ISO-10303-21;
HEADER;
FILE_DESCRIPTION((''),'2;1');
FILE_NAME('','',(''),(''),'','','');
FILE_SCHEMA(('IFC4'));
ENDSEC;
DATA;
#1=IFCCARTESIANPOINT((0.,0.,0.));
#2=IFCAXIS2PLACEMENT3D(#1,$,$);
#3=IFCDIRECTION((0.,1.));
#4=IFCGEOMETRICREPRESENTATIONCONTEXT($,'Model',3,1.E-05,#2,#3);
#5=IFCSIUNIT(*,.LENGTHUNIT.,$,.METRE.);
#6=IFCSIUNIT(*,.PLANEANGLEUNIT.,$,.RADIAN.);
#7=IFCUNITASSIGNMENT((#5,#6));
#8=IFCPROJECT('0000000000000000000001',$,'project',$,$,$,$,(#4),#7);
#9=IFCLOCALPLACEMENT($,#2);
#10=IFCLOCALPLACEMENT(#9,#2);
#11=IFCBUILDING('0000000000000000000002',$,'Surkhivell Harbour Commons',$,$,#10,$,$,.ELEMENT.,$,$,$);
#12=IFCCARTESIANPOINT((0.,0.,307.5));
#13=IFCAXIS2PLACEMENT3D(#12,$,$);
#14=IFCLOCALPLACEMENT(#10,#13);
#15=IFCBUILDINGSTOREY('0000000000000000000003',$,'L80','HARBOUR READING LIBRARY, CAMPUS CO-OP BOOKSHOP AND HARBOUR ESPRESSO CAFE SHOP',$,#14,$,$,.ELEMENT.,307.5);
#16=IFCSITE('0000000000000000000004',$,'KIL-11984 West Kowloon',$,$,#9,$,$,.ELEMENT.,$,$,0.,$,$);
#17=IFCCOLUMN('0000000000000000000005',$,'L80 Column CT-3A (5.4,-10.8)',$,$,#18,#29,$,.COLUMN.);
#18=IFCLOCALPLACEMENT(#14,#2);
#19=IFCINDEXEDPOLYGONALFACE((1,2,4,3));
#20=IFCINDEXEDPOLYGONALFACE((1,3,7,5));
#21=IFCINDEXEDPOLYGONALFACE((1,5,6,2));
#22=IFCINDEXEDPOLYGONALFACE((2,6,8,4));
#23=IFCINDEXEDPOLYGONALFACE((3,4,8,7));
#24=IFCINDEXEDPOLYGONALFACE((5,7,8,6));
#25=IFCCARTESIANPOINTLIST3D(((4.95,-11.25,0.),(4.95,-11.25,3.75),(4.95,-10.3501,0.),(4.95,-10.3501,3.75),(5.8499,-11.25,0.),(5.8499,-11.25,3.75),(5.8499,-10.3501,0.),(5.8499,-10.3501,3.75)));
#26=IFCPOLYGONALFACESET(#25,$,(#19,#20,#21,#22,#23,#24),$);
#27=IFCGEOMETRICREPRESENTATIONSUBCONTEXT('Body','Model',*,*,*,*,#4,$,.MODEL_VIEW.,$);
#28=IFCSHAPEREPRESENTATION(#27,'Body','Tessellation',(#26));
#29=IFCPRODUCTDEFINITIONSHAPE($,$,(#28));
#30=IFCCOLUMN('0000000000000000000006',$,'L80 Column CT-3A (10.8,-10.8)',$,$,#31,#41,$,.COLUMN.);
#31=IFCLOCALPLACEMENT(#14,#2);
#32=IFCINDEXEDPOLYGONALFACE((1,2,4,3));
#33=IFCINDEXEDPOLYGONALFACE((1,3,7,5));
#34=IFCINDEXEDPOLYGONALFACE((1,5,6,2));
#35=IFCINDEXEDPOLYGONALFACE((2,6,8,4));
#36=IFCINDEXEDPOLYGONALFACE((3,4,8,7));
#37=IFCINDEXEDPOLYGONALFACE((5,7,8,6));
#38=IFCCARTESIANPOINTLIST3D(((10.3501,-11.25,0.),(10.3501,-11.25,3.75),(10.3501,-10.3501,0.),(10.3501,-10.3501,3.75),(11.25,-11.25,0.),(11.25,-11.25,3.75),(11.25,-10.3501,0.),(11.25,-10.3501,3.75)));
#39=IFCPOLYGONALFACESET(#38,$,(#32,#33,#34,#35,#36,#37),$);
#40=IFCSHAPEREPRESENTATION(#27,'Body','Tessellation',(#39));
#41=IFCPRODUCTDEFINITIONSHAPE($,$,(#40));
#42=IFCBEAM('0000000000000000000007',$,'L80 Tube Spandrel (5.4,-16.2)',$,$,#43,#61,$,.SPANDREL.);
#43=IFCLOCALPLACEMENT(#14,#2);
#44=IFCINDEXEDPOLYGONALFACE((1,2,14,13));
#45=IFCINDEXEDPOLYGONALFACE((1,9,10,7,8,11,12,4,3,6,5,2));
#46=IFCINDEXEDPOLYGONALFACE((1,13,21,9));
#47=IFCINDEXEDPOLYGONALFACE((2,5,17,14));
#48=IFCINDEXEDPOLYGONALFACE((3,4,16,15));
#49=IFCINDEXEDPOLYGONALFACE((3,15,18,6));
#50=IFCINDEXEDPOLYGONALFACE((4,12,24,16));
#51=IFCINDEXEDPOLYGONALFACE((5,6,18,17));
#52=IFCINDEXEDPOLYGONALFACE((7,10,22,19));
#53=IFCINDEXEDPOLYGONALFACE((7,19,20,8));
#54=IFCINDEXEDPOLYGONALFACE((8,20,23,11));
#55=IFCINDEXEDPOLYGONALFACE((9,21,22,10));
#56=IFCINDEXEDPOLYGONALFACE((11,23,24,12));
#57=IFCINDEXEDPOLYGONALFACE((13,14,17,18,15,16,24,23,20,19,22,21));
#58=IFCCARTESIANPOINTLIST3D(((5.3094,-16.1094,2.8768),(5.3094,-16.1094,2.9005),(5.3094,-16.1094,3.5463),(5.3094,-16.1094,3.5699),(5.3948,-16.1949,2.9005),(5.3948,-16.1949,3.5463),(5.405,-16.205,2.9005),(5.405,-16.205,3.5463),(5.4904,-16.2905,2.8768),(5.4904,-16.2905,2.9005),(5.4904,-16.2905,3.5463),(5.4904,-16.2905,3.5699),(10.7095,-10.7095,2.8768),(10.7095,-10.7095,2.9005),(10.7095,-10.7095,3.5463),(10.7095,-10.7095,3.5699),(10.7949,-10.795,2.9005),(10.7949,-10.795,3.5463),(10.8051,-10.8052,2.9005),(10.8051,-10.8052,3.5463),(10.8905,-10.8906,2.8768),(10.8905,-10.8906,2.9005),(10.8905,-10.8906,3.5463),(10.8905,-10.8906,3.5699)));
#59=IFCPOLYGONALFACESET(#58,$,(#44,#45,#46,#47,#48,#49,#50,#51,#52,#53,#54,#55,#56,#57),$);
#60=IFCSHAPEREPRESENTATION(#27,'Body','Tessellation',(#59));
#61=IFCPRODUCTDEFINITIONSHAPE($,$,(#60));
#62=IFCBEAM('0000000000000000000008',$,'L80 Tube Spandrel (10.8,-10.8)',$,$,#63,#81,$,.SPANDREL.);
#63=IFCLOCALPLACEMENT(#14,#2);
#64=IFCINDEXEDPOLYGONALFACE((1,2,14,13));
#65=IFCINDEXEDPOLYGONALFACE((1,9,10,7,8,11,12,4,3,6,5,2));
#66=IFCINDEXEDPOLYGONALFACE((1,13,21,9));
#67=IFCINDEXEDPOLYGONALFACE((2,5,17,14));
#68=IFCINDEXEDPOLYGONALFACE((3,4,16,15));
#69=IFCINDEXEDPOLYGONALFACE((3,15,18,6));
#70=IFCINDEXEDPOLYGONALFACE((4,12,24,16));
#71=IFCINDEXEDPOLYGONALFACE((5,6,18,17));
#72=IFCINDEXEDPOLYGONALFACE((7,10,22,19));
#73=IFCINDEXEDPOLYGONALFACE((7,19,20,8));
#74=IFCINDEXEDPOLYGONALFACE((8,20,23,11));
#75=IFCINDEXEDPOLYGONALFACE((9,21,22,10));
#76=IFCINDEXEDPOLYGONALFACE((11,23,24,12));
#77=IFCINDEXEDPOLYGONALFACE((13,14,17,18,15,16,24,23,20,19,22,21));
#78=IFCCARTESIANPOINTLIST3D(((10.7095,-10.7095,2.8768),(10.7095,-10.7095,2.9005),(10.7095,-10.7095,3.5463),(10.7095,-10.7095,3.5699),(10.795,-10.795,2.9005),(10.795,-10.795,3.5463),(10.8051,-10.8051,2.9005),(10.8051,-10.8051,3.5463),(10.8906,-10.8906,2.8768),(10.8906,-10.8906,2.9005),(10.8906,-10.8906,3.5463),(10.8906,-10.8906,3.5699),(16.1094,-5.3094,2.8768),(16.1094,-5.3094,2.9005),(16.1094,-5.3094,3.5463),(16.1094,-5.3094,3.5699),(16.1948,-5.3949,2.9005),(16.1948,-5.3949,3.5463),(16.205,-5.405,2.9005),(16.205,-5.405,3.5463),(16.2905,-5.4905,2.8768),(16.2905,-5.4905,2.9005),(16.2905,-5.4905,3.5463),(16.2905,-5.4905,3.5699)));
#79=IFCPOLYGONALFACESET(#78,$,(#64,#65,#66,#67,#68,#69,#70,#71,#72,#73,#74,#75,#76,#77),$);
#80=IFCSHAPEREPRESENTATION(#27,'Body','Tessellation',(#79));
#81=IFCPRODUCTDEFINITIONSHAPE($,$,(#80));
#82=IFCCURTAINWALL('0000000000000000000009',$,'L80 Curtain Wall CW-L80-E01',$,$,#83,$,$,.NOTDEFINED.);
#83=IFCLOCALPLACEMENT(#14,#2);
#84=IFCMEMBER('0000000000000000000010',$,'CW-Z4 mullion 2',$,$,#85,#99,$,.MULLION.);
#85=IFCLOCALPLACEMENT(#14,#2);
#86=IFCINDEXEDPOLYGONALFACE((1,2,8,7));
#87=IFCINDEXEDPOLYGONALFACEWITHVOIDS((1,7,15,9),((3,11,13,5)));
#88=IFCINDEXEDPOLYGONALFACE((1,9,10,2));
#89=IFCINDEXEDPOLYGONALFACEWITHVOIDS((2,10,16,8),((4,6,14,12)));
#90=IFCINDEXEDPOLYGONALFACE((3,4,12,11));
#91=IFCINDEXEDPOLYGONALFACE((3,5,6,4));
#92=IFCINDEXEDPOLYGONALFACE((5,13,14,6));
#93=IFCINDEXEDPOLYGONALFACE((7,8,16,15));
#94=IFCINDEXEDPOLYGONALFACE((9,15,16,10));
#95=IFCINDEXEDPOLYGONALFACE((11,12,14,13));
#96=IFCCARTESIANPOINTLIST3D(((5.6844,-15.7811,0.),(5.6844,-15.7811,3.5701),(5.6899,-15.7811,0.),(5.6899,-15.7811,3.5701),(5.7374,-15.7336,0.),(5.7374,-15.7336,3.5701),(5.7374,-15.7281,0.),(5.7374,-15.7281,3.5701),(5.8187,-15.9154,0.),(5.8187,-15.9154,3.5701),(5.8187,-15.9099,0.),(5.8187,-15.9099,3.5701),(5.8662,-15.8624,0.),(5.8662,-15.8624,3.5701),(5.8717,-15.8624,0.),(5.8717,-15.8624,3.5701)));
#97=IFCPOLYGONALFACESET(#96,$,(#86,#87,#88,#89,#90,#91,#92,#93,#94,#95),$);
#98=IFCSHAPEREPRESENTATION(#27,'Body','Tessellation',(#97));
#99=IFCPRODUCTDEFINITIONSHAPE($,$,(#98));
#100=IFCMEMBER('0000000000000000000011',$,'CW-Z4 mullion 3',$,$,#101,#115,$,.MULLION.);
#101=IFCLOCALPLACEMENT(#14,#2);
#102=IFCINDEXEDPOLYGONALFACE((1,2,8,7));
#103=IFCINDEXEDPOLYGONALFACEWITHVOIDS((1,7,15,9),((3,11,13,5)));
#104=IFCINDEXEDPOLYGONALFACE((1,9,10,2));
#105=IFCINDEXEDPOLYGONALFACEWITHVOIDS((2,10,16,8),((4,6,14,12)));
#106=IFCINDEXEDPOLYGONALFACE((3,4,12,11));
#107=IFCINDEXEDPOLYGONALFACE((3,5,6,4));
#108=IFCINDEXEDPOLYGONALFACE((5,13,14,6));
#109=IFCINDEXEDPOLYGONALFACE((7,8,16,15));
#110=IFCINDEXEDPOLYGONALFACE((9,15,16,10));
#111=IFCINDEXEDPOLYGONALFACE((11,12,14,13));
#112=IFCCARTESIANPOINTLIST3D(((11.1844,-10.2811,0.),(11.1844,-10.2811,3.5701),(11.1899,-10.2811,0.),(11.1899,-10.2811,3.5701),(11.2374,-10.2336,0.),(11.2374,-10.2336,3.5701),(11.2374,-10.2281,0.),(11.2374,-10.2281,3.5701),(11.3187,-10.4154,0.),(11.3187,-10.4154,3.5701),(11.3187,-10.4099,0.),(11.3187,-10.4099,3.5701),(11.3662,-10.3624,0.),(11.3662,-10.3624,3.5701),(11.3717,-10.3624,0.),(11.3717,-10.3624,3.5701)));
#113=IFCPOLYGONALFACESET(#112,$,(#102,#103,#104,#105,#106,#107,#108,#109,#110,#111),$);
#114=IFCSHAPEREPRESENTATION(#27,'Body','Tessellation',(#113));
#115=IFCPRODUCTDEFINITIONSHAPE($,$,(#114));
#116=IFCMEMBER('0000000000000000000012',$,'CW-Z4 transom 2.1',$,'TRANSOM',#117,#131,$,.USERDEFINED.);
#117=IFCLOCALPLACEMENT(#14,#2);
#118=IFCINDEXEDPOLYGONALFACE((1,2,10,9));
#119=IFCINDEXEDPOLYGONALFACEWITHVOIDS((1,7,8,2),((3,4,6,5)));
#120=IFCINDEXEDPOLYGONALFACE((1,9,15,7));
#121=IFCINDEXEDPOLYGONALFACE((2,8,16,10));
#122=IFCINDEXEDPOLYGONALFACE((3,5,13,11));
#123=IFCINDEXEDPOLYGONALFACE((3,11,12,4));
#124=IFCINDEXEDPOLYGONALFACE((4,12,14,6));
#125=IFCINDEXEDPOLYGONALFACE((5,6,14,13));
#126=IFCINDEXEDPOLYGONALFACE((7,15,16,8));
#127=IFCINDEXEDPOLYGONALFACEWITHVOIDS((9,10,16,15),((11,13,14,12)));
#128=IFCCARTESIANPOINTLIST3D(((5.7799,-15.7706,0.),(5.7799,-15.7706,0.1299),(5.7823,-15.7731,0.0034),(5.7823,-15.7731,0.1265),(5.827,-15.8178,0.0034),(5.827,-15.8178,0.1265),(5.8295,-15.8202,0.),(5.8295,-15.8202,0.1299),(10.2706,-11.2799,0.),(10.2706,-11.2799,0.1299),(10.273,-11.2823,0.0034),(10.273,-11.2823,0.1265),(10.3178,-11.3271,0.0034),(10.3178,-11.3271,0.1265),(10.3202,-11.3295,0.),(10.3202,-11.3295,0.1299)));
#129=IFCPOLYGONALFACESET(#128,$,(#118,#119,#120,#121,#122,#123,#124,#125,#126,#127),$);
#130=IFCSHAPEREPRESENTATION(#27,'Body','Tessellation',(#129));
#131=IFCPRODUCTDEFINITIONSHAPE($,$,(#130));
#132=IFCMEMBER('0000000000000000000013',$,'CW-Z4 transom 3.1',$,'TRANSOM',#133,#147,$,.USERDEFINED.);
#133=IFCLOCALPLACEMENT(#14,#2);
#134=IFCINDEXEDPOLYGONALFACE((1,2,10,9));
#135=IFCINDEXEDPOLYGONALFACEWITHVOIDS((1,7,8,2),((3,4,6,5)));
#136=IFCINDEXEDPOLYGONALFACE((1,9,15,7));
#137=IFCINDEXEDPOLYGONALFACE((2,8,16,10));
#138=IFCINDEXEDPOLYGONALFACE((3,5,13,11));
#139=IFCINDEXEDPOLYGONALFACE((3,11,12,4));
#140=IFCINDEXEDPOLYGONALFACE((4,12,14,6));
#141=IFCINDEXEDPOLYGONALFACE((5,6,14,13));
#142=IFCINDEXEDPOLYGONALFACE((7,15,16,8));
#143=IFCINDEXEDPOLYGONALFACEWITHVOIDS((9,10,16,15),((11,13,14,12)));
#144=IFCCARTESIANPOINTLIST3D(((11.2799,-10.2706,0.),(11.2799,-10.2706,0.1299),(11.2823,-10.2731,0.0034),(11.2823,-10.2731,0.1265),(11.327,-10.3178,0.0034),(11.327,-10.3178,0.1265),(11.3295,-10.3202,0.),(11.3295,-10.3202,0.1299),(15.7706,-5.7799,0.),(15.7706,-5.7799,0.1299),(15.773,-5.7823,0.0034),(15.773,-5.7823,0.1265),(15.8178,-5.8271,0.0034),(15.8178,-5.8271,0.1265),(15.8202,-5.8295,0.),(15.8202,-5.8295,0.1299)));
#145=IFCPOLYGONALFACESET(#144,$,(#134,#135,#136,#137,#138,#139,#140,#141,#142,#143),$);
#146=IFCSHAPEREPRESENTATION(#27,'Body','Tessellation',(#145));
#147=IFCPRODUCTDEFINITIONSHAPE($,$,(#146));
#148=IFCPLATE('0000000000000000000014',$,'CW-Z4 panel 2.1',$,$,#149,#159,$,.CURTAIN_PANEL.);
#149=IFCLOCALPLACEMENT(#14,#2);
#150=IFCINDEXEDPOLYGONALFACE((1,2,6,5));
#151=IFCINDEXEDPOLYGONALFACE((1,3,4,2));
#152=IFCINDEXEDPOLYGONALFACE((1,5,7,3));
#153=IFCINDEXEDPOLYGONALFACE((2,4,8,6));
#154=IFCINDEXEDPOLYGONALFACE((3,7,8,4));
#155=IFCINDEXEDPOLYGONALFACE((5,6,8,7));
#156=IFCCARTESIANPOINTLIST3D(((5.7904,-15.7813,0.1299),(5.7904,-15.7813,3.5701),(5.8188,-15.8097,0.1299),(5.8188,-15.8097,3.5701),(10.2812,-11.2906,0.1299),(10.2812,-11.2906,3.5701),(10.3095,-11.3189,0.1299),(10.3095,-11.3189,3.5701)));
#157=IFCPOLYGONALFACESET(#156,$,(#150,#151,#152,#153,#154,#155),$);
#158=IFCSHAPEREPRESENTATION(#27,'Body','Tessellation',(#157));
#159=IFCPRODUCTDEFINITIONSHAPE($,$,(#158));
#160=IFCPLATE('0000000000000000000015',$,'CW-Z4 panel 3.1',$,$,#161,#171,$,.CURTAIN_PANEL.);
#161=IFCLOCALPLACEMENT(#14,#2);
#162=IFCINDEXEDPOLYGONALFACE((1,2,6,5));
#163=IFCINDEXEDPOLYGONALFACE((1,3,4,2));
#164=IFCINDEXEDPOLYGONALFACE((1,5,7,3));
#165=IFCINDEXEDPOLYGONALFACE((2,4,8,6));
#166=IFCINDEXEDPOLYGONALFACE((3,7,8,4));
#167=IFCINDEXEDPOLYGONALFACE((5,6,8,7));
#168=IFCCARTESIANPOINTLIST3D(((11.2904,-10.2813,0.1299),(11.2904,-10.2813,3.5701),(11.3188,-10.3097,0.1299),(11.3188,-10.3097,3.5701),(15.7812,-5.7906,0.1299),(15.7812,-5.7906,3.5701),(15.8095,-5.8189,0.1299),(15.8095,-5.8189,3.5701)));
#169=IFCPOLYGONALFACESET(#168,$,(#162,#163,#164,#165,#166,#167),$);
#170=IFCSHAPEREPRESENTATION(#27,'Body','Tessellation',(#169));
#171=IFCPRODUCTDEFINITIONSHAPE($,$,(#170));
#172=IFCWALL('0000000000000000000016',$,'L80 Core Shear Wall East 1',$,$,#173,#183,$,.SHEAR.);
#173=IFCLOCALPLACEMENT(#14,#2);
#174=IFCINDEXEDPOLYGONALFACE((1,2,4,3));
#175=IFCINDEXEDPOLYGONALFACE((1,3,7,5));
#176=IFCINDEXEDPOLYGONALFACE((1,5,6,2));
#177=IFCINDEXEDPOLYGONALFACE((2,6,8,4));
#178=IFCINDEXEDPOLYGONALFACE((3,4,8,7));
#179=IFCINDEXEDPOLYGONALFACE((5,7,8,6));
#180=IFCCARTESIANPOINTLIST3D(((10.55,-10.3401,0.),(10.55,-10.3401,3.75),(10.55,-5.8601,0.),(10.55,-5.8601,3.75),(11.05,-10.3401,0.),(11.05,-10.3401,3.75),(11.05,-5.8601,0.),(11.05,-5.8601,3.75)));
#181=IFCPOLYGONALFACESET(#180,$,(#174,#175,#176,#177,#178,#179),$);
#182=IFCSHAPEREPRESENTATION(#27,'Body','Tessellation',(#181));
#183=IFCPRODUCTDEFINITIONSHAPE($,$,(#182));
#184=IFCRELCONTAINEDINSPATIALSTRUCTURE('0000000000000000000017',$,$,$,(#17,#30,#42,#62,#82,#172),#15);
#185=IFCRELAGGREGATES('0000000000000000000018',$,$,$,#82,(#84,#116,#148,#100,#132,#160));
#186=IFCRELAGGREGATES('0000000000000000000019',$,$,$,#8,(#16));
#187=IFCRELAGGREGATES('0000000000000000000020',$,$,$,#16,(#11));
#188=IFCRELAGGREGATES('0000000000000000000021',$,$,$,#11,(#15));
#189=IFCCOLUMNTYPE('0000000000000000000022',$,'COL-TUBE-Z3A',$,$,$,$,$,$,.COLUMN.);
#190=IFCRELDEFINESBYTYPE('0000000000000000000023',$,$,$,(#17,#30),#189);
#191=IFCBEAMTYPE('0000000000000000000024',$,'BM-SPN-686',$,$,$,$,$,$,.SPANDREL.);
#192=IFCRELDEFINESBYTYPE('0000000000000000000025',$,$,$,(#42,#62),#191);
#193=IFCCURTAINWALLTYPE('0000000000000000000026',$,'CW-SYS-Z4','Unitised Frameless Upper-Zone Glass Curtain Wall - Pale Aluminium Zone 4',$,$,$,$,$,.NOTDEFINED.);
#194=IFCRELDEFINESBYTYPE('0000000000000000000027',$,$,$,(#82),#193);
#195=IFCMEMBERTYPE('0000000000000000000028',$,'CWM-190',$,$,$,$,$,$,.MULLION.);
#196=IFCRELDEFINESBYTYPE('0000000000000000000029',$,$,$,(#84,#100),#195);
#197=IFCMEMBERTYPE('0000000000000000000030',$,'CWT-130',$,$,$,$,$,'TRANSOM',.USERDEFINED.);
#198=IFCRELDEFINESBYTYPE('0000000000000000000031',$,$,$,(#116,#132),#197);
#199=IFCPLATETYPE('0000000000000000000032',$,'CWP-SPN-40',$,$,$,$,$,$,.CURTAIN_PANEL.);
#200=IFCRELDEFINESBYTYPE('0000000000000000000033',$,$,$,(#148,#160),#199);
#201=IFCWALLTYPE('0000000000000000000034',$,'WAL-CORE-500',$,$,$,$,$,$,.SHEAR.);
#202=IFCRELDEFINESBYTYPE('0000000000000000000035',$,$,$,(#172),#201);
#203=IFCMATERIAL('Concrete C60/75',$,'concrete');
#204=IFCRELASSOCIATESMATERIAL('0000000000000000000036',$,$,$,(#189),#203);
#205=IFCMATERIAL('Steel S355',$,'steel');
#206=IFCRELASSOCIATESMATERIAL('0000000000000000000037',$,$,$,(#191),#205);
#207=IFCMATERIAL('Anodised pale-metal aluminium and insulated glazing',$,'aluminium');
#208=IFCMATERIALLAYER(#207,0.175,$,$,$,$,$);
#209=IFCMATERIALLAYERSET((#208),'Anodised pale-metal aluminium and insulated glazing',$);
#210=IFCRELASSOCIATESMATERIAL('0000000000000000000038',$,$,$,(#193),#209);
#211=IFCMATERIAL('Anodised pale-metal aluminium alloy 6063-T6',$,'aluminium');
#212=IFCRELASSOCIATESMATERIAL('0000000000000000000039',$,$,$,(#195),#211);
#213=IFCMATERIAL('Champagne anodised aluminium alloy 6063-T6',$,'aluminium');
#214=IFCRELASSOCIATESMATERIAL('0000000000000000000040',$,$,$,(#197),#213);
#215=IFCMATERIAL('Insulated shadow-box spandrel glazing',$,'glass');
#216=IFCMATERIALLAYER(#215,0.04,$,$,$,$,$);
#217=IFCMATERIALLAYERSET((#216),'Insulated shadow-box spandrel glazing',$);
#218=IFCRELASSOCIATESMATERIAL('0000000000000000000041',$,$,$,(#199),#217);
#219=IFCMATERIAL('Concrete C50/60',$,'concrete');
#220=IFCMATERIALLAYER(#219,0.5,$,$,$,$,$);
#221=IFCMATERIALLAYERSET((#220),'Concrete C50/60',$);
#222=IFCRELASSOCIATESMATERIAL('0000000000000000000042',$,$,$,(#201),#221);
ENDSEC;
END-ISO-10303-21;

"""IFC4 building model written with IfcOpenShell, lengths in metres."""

from ifc_helpers import new_model, si_unit, direction, frame, frame_2d, origin, origin_2d, place, context, subcontext, project, spatial, rectangle, hollow_rectangle, i_section, extrude, material, layer, layer_set, material_profile, profile_set, type_object, element, aggregate, save


model = new_model("IFC4")

# Units and contexts
model_context = context("Model", 3, precision=1e-05, world=origin(), true_north=direction((0.0, 1.0)))
body_context = subcontext(model_context, "Body", "Model", "MODEL_VIEW")
ifc_project = project(units=[si_unit("LENGTHUNIT", "METRE"), si_unit("PLANEANGLEUNIT", "RADIAN")], contexts=[model_context])

# Site, building, storey
site_placement = place(None, origin())
site = spatial("IfcSite", under=ifc_project, at=site_placement, Name="KIL-11984 West Kowloon", CompositionType="ELEMENT", RefElevation=0.0)
building_placement = place(site_placement, origin())
building = spatial("IfcBuilding", under=site, at=building_placement, Name="Surkhivell Harbour Commons", CompositionType="ELEMENT")
storey_placement = place(building_placement, frame((0.0, 0.0, 307.5)))
storey = spatial("IfcBuildingStorey", under=building, at=storey_placement, Name="L80", Description="HARBOUR READING LIBRARY, CAMPUS CO-OP BOOKSHOP AND HARBOUR ESPRESSO CAFE SHOP", CompositionType="ELEMENT", Elevation=307.5)

# Columns
ifc_material_1 = material(Name="Concrete C60/75", Category="concrete")
ifc_material_profile_1 = material_profile(ifc_material_1, rectangle(XDim=0.8999, YDim=0.8999, at=origin_2d()), Name="RC-COL-900x900")
ifc_profile_set_1 = profile_set([ifc_material_profile_1], Name="Concrete C60/75")
column_type = type_object("IfcColumnType", Name="COL-TUBE-Z3A", PredefinedType="COLUMN", material=ifc_profile_set_1)
for number, where, z_axis, x_axis, name in (
    (1, (5.3999, -10.8, 0.0), (0.0, 0.0, 1.0), (1.0, 0.0, 0.0), "L80 Column CT-3A (5.4,-10.8)"),
    (2, (10.8, -10.8, 0.0), (0.0, 0.0, 1.0), (1.0, 0.0, 0.0), "L80 Column CT-3A (10.8,-10.8)"),
):
    element("IfcColumn", number, at=place(storey_placement, frame(where, z_axis=z_axis, x_axis=x_axis)), inside=storey, type_object=column_type, Name=name, PredefinedType="COLUMN", context=body_context, shape_type="SweptSolid", body=[
        extrude(rectangle(XDim=0.8999, YDim=0.8999, at=origin_2d()), origin(), (0.0, 0.0, 1.0), 3.75),
    ])

# Beams
ifc_material_2 = material(Name="Steel S355", Category="steel")
ifc_material_profile_2 = material_profile(ifc_material_2, i_section(OverallWidth=0.2561, OverallDepth=0.6931, WebThickness=0.0144, FlangeThickness=0.0237, at=origin_2d()), Name="UB686x254x170")
ifc_profile_set_2 = profile_set([ifc_material_profile_2], Name="Steel S355")
beam_type = type_object("IfcBeamType", Name="BM-SPN-686", PredefinedType="SPANDREL", material=ifc_profile_set_2)
for number, where, z_axis, x_axis, name in (
    (3, (5.3999, -16.2, 3.2234), (0.707123, 0.707091, 0.0), (-0.707091, 0.707123, 0.0), "L80 Tube Spandrel (5.4,-16.2)"),
    (4, (10.8, -10.8, 3.2234), (0.707091, 0.707123, 0.0), (-0.707123, 0.707091, 0.0), "L80 Tube Spandrel (10.8,-10.8)"),
):
    element("IfcBeam", number, at=place(storey_placement, frame(where, z_axis=z_axis, x_axis=x_axis)), inside=storey, type_object=beam_type, Name=name, PredefinedType="SPANDREL", context=body_context, shape_type="SweptSolid", body=[
        extrude(i_section(OverallWidth=0.2561, OverallDepth=0.6931, WebThickness=0.0144, FlangeThickness=0.0237, at=origin_2d()), origin(), (0.0, 0.0, 1.0), 7.6367),
    ])

# Curtain wall, members, plates
ifc_material_3 = material(Name="Anodised pale-metal aluminium and insulated glazing", Category="aluminium")
ifc_layer_1 = layer(ifc_material_3, 0.175)
ifc_layer_set_1 = layer_set([ifc_layer_1], Name="Anodised pale-metal aluminium and insulated glazing")
curtain_wall_type = type_object("IfcCurtainWallType", Name="CW-SYS-Z4", Description="Unitised Frameless Upper-Zone Glass Curtain Wall - Pale Aluminium Zone 4", PredefinedType="NOTDEFINED", material=ifc_layer_set_1)
curtain_wall_placement = place(storey_placement, origin())
curtain_wall = element("IfcCurtainWall", 5, at=curtain_wall_placement, inside=storey, type_object=curtain_wall_type, Name="L80 Curtain Wall CW-L80-E01", PredefinedType="NOTDEFINED")
ifc_material_4 = material(Name="Anodised pale-metal aluminium alloy 6063-T6", Category="aluminium")
ifc_material_profile_3 = material_profile(ifc_material_4, hollow_rectangle(XDim=0.075, YDim=0.1899, WallThickness=0.0039, at=origin_2d()), Name="ALU-MULL-75x190")
ifc_profile_set_3 = profile_set([ifc_material_profile_3], Name="Anodised pale-metal aluminium alloy 6063-T6")
member_type_1 = type_object("IfcMemberType", Name="CWM-190", PredefinedType="MULLION", material=ifc_profile_set_3)
member_1_placement = place(storey_placement, frame((5.7781, -15.8218, 0.0), z_axis=(0.0, 0.0, 1.0), x_axis=(0.707107, 0.707107, 0.0)))
member_1 = element("IfcMember", 6, at=member_1_placement, type_object=member_type_1, Name="CW-Z4 mullion 2", PredefinedType="MULLION", context=body_context, shape_type="SweptSolid", body=[
    extrude(hollow_rectangle(XDim=0.075, YDim=0.1899, WallThickness=0.0039, at=origin_2d()), origin(), (0.0, 0.0, 1.0), 3.5701),
])
member_2_placement = place(storey_placement, frame((11.2781, -10.3218, 0.0), z_axis=(0.0, 0.0, 1.0), x_axis=(0.707107, 0.707107, 0.0)))
member_2 = element("IfcMember", 7, at=member_2_placement, type_object=member_type_1, Name="CW-Z4 mullion 3", PredefinedType="MULLION", context=body_context, shape_type="SweptSolid", body=[
    extrude(hollow_rectangle(XDim=0.075, YDim=0.1899, WallThickness=0.0039, at=origin_2d()), origin(), (0.0, 0.0, 1.0), 3.5701),
])
ifc_material_5 = material(Name="Champagne anodised aluminium alloy 6063-T6", Category="aluminium")
ifc_material_profile_4 = material_profile(ifc_material_5, hollow_rectangle(XDim=0.0701, YDim=0.1299, WallThickness=0.0034, at=origin_2d()), Name="ALU-TRAN-70x130")
ifc_profile_set_4 = profile_set([ifc_material_profile_4], Name="Champagne anodised aluminium alloy 6063-T6")
member_type_2 = type_object("IfcMemberType", Name="CWT-130", ElementType="TRANSOM", PredefinedType="USERDEFINED", material=ifc_profile_set_4)
member_3_placement = place(storey_placement, frame((5.8047, -15.7954, 0.0649), z_axis=(0.707107, 0.707107, 0.0), x_axis=(-0.707107, 0.707107, 0.0)))
member_3 = element("IfcMember", 8, at=member_3_placement, type_object=member_type_2, Name="CW-Z4 transom 2.1", ObjectType="TRANSOM", PredefinedType="USERDEFINED", context=body_context, shape_type="SweptSolid", body=[
    extrude(hollow_rectangle(XDim=0.0701, YDim=0.1299, WallThickness=0.0034, at=origin_2d()), origin(), (0.0, 0.0, 1.0), 6.3508),
])
member_4_placement = place(storey_placement, frame((11.3047, -10.2954, 0.0649), z_axis=(0.707107, 0.707107, 0.0), x_axis=(-0.707107, 0.707107, 0.0)))
member_4 = element("IfcMember", 9, at=member_4_placement, type_object=member_type_2, Name="CW-Z4 transom 3.1", ObjectType="TRANSOM", PredefinedType="USERDEFINED", context=body_context, shape_type="SweptSolid", body=[
    extrude(hollow_rectangle(XDim=0.0701, YDim=0.1299, WallThickness=0.0034, at=origin_2d()), origin(), (0.0, 0.0, 1.0), 6.3508),
])
ifc_material_6 = material(Name="Insulated shadow-box spandrel glazing", Category="glass")
ifc_layer_2 = layer(ifc_material_6, 0.04)
ifc_layer_set_2 = layer_set([ifc_layer_2], Name="Insulated shadow-box spandrel glazing")
plate_type = type_object("IfcPlateType", Name="CWP-SPN-40", PredefinedType="CURTAIN_PANEL", material=ifc_layer_set_2)
plate_1_placement = place(storey_placement, frame((5.8047, -15.7954, 0.1299), z_axis=(0.0, 0.0, 1.0), x_axis=(0.707107, 0.707107, 0.0)))
plate_1 = element("IfcPlate", 10, at=plate_1_placement, type_object=plate_type, Name="CW-Z4 panel 2.1", PredefinedType="CURTAIN_PANEL", context=body_context, shape_type="SweptSolid", body=[
    extrude(rectangle(XDim=6.3508, YDim=0.04, at=frame_2d((3.1753, 0.0))), origin(), (0.0, 0.0, 1.0), 3.4402),
])
plate_2_placement = place(storey_placement, frame((11.3047, -10.2954, 0.1299), z_axis=(0.0, 0.0, 1.0), x_axis=(0.707107, 0.707107, 0.0)))
plate_2 = element("IfcPlate", 11, at=plate_2_placement, type_object=plate_type, Name="CW-Z4 panel 3.1", PredefinedType="CURTAIN_PANEL", context=body_context, shape_type="SweptSolid", body=[
    extrude(rectangle(XDim=6.3508, YDim=0.04, at=frame_2d((3.1753, 0.0))), origin(), (0.0, 0.0, 1.0), 3.4402),
])
aggregate(curtain_wall, [member_1, member_3, plate_1, member_2, member_4, plate_2])

# Wall
ifc_material_7 = material(Name="Concrete C50/60", Category="concrete")
ifc_layer_3 = layer(ifc_material_7, 0.5)
ifc_layer_set_3 = layer_set([ifc_layer_3], Name="Concrete C50/60")
wall_type_1 = type_object("IfcWallType", Name="WAL-CORE-500", PredefinedType="SHEAR", material=ifc_layer_set_3)
for number, where, z_axis, x_axis, name in (
    (12, (10.8, -10.3401, 0.0), (0.0, 0.0, 1.0), (0.0, 1.0, 0.0), "L80 Core Shear Wall East 1"),
):
    element("IfcWall", number, at=place(storey_placement, frame(where, z_axis=z_axis, x_axis=x_axis)), inside=storey, type_object=wall_type_1, Name=name, PredefinedType="SHEAR", context=body_context, shape_type="SweptSolid", body=[
        extrude(rectangle(XDim=4.48, YDim=0.5, at=frame_2d((2.24, 0.0))), origin(), (0.0, 0.0, 1.0), 3.75),
    ])

save(model, "model.ifc")
